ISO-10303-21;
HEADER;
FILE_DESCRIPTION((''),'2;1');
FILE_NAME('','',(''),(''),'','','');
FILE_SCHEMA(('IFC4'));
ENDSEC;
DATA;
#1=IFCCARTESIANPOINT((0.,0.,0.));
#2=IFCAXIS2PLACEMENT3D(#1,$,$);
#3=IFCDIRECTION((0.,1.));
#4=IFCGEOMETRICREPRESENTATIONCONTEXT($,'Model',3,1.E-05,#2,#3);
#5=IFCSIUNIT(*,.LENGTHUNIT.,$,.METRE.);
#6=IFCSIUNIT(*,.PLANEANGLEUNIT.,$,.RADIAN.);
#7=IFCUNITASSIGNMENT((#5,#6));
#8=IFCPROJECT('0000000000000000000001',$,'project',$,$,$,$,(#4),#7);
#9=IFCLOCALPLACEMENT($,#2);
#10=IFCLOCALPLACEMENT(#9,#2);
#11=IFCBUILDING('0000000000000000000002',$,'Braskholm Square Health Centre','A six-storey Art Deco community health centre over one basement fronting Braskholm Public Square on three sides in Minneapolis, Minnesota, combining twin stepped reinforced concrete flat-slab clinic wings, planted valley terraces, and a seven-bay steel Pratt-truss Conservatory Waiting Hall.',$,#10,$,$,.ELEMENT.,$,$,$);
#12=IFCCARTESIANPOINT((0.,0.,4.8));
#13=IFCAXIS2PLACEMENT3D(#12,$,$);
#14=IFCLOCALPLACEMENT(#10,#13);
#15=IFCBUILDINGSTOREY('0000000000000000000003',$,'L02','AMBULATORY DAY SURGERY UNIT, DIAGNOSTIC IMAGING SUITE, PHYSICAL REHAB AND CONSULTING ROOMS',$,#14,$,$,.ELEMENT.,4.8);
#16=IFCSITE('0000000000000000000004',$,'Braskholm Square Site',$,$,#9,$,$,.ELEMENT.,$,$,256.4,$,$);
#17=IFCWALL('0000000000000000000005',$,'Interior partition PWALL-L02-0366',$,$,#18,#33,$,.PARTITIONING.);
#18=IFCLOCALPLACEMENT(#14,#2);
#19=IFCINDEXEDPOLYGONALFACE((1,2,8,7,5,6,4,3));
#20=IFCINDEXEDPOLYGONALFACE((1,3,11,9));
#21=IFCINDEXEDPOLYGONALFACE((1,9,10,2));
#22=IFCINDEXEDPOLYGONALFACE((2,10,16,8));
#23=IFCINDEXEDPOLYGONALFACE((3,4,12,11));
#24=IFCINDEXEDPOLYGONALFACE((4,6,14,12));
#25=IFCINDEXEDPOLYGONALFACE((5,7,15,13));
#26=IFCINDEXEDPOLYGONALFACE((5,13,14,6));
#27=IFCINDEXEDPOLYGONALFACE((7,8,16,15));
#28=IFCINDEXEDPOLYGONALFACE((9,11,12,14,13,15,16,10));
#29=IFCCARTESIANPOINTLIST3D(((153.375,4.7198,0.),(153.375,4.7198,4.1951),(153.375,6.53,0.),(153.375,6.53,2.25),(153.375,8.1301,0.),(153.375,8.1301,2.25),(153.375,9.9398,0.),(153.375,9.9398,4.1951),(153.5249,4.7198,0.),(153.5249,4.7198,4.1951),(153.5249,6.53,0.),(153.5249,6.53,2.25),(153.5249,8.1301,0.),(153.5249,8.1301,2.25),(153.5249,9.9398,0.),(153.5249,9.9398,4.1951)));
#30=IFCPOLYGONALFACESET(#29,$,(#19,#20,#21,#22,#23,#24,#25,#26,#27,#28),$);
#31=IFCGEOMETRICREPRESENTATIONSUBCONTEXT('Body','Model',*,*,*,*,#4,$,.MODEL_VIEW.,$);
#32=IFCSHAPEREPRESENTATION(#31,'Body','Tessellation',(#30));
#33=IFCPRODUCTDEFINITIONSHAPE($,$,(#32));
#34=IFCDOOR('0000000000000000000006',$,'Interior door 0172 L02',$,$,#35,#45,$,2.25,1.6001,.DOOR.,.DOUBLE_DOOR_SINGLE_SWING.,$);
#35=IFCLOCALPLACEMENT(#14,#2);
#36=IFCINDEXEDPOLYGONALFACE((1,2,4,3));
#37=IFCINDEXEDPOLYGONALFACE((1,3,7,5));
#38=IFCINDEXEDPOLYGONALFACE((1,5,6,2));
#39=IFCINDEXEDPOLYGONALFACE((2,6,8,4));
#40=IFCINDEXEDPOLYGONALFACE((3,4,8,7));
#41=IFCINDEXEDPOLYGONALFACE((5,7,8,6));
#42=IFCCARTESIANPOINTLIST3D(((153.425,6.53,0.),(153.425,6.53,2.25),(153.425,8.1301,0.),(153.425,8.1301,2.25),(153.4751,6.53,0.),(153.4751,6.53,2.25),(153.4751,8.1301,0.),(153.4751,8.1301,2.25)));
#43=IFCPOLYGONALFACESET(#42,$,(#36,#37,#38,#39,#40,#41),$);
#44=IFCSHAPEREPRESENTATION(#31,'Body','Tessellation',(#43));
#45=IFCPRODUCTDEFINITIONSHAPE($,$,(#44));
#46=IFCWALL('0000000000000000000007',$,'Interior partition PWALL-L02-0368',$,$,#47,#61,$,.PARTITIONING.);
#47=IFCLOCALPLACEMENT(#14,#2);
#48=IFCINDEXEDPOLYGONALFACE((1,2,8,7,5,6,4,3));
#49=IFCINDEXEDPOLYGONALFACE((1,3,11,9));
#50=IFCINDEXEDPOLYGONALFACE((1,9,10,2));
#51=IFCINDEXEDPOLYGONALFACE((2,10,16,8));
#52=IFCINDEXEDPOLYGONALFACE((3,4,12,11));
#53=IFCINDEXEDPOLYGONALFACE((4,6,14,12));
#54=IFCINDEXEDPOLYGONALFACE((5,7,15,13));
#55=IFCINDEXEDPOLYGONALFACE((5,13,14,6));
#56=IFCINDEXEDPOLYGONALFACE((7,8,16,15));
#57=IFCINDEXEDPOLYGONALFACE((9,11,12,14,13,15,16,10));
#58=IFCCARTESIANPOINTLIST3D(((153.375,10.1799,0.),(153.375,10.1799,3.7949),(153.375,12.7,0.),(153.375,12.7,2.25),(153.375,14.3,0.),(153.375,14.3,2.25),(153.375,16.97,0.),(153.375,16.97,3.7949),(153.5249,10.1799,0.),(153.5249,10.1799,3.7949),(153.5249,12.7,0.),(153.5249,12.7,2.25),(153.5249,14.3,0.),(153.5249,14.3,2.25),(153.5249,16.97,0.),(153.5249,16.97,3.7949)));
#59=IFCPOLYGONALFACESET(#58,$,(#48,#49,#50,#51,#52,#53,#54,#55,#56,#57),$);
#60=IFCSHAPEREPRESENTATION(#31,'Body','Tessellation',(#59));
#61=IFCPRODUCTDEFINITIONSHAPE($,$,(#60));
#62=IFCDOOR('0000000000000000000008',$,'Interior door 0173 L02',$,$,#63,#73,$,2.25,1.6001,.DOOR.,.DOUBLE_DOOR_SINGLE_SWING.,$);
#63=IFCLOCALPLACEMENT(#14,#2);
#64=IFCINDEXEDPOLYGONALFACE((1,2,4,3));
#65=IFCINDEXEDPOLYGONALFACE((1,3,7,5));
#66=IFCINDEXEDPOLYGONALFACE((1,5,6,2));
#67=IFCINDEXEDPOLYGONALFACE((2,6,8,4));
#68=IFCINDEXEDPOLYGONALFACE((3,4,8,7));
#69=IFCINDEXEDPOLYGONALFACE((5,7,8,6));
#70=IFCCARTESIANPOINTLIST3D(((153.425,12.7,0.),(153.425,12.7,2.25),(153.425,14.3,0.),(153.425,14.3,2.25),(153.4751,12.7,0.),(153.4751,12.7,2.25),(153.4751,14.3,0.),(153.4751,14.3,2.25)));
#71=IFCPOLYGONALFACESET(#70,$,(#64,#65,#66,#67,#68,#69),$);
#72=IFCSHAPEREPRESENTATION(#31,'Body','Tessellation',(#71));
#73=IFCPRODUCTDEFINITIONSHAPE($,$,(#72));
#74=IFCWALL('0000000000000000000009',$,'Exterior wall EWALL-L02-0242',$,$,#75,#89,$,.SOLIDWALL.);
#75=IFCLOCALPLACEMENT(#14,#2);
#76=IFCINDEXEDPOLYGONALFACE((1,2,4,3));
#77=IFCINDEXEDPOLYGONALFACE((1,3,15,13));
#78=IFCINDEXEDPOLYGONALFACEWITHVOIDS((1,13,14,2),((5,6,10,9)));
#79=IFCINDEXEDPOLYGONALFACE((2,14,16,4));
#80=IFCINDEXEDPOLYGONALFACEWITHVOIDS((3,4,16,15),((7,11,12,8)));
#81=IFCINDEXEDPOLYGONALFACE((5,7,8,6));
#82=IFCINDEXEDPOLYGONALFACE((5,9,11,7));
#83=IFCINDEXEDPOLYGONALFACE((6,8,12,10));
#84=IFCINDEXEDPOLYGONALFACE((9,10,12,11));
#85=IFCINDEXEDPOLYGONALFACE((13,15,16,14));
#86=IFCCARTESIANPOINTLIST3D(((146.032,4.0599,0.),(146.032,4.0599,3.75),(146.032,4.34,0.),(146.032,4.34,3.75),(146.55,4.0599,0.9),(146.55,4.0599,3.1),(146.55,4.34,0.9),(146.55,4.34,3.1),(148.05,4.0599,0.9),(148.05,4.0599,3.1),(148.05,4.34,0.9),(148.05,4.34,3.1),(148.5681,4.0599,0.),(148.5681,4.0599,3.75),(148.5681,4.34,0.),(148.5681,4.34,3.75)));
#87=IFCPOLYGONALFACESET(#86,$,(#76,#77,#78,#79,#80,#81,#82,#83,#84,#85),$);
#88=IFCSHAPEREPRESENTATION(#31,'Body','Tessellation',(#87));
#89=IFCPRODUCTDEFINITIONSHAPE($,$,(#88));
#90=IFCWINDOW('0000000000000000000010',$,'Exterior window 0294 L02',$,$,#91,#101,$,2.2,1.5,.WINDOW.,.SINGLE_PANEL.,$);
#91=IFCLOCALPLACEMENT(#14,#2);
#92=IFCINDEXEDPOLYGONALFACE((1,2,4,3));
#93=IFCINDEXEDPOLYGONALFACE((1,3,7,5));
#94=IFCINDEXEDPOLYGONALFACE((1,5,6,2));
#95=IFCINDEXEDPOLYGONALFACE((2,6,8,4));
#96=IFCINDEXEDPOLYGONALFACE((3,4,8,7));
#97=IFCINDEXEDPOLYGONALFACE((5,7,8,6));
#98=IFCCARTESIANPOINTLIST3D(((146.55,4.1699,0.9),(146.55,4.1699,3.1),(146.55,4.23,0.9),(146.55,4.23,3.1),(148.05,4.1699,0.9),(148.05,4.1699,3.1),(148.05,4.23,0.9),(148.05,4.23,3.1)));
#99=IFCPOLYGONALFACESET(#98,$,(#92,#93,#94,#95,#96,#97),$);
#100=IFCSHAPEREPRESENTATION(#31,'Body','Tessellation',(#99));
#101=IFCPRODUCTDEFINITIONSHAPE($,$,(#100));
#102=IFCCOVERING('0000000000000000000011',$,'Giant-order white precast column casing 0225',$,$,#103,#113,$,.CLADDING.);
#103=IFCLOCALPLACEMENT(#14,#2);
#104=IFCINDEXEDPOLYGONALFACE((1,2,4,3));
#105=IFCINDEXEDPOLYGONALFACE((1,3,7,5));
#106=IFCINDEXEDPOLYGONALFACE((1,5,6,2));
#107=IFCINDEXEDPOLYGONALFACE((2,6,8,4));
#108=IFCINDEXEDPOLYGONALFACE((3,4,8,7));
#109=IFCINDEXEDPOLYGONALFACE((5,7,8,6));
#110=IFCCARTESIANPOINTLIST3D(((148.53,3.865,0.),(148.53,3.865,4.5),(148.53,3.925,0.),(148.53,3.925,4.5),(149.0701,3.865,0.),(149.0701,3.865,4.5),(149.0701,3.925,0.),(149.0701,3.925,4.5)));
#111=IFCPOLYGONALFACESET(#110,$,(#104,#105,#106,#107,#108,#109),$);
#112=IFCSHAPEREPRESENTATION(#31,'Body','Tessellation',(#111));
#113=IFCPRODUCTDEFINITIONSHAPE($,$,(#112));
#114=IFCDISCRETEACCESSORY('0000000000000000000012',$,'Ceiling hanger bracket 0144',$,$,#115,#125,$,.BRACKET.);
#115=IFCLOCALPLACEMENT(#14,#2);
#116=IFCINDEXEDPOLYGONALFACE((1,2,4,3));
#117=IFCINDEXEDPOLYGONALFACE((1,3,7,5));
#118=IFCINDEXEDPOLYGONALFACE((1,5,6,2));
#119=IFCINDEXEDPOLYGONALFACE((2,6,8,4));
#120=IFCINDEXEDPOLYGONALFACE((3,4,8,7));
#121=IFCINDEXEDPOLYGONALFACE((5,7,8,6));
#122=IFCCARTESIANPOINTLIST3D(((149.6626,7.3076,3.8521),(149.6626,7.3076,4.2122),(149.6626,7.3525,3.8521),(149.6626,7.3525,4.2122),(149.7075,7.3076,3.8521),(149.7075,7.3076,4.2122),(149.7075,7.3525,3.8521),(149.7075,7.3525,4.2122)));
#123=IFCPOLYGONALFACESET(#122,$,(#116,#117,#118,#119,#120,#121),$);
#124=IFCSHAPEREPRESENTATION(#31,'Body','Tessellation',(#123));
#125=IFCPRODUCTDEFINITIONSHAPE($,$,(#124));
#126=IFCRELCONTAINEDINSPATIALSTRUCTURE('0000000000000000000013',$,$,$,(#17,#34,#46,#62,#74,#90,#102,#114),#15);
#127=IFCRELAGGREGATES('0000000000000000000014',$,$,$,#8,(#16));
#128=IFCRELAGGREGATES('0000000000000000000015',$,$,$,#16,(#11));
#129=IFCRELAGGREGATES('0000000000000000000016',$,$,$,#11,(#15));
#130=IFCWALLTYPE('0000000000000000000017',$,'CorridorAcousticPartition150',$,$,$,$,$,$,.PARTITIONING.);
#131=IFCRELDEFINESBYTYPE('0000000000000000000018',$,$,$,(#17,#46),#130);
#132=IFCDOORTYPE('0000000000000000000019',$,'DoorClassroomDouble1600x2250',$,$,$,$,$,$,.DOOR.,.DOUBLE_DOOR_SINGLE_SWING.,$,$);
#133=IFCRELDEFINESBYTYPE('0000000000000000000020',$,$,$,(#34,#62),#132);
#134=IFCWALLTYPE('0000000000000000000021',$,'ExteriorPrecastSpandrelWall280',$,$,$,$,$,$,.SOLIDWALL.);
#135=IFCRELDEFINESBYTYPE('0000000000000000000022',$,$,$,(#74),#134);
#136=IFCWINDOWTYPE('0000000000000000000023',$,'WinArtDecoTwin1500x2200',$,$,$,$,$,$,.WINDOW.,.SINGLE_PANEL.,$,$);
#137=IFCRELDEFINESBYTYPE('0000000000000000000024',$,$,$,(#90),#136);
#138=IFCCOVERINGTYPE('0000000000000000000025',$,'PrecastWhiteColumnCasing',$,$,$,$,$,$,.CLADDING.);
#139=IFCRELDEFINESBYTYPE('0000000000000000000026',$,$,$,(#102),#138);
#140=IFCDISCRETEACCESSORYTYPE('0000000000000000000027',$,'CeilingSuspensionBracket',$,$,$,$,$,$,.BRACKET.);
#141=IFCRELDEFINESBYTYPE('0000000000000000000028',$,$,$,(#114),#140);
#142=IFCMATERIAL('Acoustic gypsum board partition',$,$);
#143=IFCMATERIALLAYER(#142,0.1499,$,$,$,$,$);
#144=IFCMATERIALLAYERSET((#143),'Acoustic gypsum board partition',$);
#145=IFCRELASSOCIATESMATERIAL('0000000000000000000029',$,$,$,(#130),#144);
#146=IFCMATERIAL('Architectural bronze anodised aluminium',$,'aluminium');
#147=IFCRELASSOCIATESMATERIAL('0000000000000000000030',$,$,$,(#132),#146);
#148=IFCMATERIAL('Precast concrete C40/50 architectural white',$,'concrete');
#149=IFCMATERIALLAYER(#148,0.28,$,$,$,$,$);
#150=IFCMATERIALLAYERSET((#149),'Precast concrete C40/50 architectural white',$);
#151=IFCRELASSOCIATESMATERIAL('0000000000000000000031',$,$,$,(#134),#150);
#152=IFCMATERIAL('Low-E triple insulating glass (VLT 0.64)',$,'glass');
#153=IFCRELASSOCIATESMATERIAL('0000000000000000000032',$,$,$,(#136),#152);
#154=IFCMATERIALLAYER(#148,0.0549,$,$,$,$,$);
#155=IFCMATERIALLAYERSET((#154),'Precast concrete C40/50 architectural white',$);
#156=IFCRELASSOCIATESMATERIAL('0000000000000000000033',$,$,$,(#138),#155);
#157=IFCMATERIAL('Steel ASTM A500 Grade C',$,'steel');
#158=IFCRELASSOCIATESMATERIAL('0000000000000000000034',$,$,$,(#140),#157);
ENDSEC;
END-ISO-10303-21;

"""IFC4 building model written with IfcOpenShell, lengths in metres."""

from ifc_helpers import new_model, si_unit, direction, frame, frame_2d, origin, origin_with_axes, origin_2d, place, context, subcontext, project, spatial, rectangle, extrude, material, layer, layer_set, type_object, element, fill, save


model = new_model("IFC4")

# Units and contexts
model_context = context("Model", 3, precision=1e-05, world=origin(), true_north=direction((0.0, 1.0)))
body_context = subcontext(model_context, "Body", "Model", "MODEL_VIEW")
ifc_project = project(units=[si_unit("LENGTHUNIT", "METRE"), si_unit("PLANEANGLEUNIT", "RADIAN")], contexts=[model_context])

# Site, building, storey
site_placement = place(None, origin())
site = spatial("IfcSite", under=ifc_project, at=site_placement, Name="Braskholm Square Site", CompositionType="ELEMENT", RefElevation=256.4)
building_placement = place(site_placement, origin())
building = spatial("IfcBuilding", under=site, at=building_placement, Name="Braskholm Square Health Centre", Description="A six-storey Art Deco community health centre over one basement fronting Braskholm Public Square on three sides in Minneapolis, Minnesota, combining twin stepped reinforced concrete flat-slab clinic wings, planted valley terraces, and a seven-bay steel Pratt-truss Conservatory Waiting Hall.", CompositionType="ELEMENT")
storey_placement = place(building_placement, frame((0.0, 0.0, 4.8)))
storey = spatial("IfcBuildingStorey", under=building, at=storey_placement, Name="L02", Description="AMBULATORY DAY SURGERY UNIT, DIAGNOSTIC IMAGING SUITE, PHYSICAL REHAB AND CONSULTING ROOMS", CompositionType="ELEMENT", Elevation=4.8)

# Shared definitions
ifc_material_1 = material(Name="Precast concrete C40/50 architectural white", Category="concrete")

# Shared definitions
ifc_material_2 = material(Name="Low-E triple insulating glass (VLT 0.64)", Category="glass")
ifc_material_3 = material(Name="Architectural bronze anodised aluminium", Category="aluminium")

# Walls, openings, doors
ifc_material_4 = material(Name="Acoustic gypsum board partition")
ifc_layer_1 = layer(ifc_material_4, 0.1499)
ifc_layer_set_1 = layer_set([ifc_layer_1], Name="Acoustic gypsum board partition")
wall_type_1 = type_object("IfcWallType", Name="CorridorAcousticPartition150", PredefinedType="PARTITIONING", material=ifc_layer_set_1)
wall_1_placement = place(storey_placement, frame((153.45, 4.72, 0.0), z_axis=(0.0, 0.0, 1.0), x_axis=(0.0, 1.0, 0.0)))
wall_1 = element("IfcWall", 1, at=wall_1_placement, inside=storey, type_object=wall_type_1, Name="Interior partition PWALL-L02-0366", PredefinedType="PARTITIONING", context=body_context, shape_type="SweptSolid", body=[
    extrude(rectangle(XDim=5.22, YDim=0.1499, at=frame_2d((2.6099, 0.0))), origin(), (0.0, 0.0, 1.0), 4.1951),
])
opening_1_placement = place(wall_1_placement, frame((1.8101, 0.0, 0.0)))
opening_1 = element("IfcOpeningElement", 2, at=opening_1_placement, cuts=wall_1, PredefinedType="OPENING", context=body_context, shape_type="SweptSolid", body=[
    extrude(rectangle(XDim=1.6001, YDim=2.25, at=frame_2d((0.8, 1.125))), frame((0.0, 0.085, 0.0), z_axis=(0.0, -1.0, 0.0), x_axis=(1.0, 0.0, 0.0)), (0.0, 0.0, 1.0), 0.1699),
])
door_type = type_object("IfcDoorType", Name="DoorClassroomDouble1600x2250", OperationType="DOUBLE_DOOR_SINGLE_SWING", PredefinedType="DOOR", material=ifc_material_3)
door_1_placement = place(opening_1_placement, origin_with_axes())
door_1 = element("IfcDoor", 3, at=door_1_placement, inside=storey, type_object=door_type, Name="Interior door 0172 L02", OperationType="DOUBLE_DOOR_SINGLE_SWING", OverallHeight=2.25, OverallWidth=1.6001, PredefinedType="DOOR", context=body_context, shape_type="SweptSolid", body=[
    extrude(rectangle(XDim=1.6001, YDim=2.25, at=frame_2d((0.8, 1.125))), frame((0.0, 0.0249, 0.0), z_axis=(0.0, -1.0, 0.0), x_axis=(1.0, 0.0, 0.0)), (0.0, 0.0, 1.0), 0.05),
])
fill(opening_1, door_1)
wall_2_placement = place(storey_placement, frame((153.45, 10.1799, 0.0), z_axis=(0.0, 0.0, 1.0), x_axis=(0.0, 1.0, 0.0)))
wall_2 = element("IfcWall", 4, at=wall_2_placement, inside=storey, type_object=wall_type_1, Name="Interior partition PWALL-L02-0368", PredefinedType="PARTITIONING", context=body_context, shape_type="SweptSolid", body=[
    extrude(rectangle(XDim=6.79, YDim=0.1499, at=frame_2d((3.395, 0.0))), origin(), (0.0, 0.0, 1.0), 3.7949),
])
opening_2_placement = place(wall_2_placement, frame((2.52, 0.0, 0.0)))
opening_2 = element("IfcOpeningElement", 5, at=opening_2_placement, cuts=wall_2, PredefinedType="OPENING", context=body_context, shape_type="SweptSolid", body=[
    extrude(rectangle(XDim=1.6001, YDim=2.25, at=frame_2d((0.8, 1.125))), frame((0.0, 0.085, 0.0), z_axis=(0.0, -1.0, 0.0), x_axis=(1.0, 0.0, 0.0)), (0.0, 0.0, 1.0), 0.1699),
])
door_2_placement = place(opening_2_placement, origin_with_axes())
door_2 = element("IfcDoor", 6, at=door_2_placement, inside=storey, type_object=door_type, Name="Interior door 0173 L02", OperationType="DOUBLE_DOOR_SINGLE_SWING", OverallHeight=2.25, OverallWidth=1.6001, PredefinedType="DOOR", context=body_context, shape_type="SweptSolid", body=[
    extrude(rectangle(XDim=1.6001, YDim=2.25, at=frame_2d((0.8, 1.125))), frame((0.0, 0.0249, 0.0), z_axis=(0.0, -1.0, 0.0), x_axis=(1.0, 0.0, 0.0)), (0.0, 0.0, 1.0), 0.05),
])
fill(opening_2, door_2)

# Wall, opening, window
ifc_layer_2 = layer(ifc_material_1, 0.28)
ifc_layer_set_2 = layer_set([ifc_layer_2], Name="Precast concrete C40/50 architectural white")
wall_type_2 = type_object("IfcWallType", Name="ExteriorPrecastSpandrelWall280", PredefinedType="SOLIDWALL", material=ifc_layer_set_2)
wall_3_placement = place(storey_placement, frame((146.032, 4.2, 0.0), z_axis=(0.0, 0.0, 1.0), x_axis=(1.0, 0.0, 0.0)))
wall_3 = element("IfcWall", 7, at=wall_3_placement, inside=storey, type_object=wall_type_2, Name="Exterior wall EWALL-L02-0242", PredefinedType="SOLIDWALL", context=body_context, shape_type="SweptSolid", body=[
    extrude(rectangle(XDim=2.5361, YDim=0.28, at=frame_2d((1.2681, 0.0))), origin(), (0.0, 0.0, 1.0), 3.75),
])
opening_3_placement = place(wall_3_placement, frame((0.5181, 0.0, 0.8999)))
opening_3 = element("IfcOpeningElement", 8, at=opening_3_placement, cuts=wall_3, PredefinedType="OPENING", context=body_context, shape_type="SweptSolid", body=[
    extrude(rectangle(XDim=1.5, YDim=2.2, at=frame_2d((0.75, 1.1001))), frame((0.0, 0.1499, 0.0), z_axis=(0.0, -1.0, 0.0), x_axis=(1.0, 0.0, 0.0)), (0.0, 0.0, 1.0), 0.3),
])
window_type = type_object("IfcWindowType", Name="WinArtDecoTwin1500x2200", PartitioningType="SINGLE_PANEL", PredefinedType="WINDOW", material=ifc_material_2)
window_placement = place(opening_3_placement, origin_with_axes())
window = element("IfcWindow", 9, at=window_placement, inside=storey, type_object=window_type, Name="Exterior window 0294 L02", OverallHeight=2.2, OverallWidth=1.5, PartitioningType="SINGLE_PANEL", PredefinedType="WINDOW", context=body_context, shape_type="SweptSolid", body=[
    extrude(rectangle(XDim=1.5, YDim=2.2, at=frame_2d((0.75, 1.1001))), frame((0.0, 0.03, 0.0), z_axis=(0.0, -1.0, 0.0), x_axis=(1.0, 0.0, 0.0)), (0.0, 0.0, 1.0), 0.0601),
])
fill(opening_3, window)

# Covering
ifc_layer_3 = layer(ifc_material_1, 0.0549)
ifc_layer_set_3 = layer_set([ifc_layer_3], Name="Precast concrete C40/50 architectural white")
covering_type = type_object("IfcCoveringType", Name="PrecastWhiteColumnCasing", PredefinedType="CLADDING", material=ifc_layer_set_3)
covering_placement = place(storey_placement, frame((148.8, 3.895, 0.0), z_axis=(0.0, 0.0, 1.0), x_axis=(1.0, 0.0, 0.0)))
element("IfcCovering", 10, at=covering_placement, inside=storey, type_object=covering_type, Name="Giant-order white precast column casing 0225", PredefinedType="CLADDING", context=body_context, shape_type="SweptSolid", body=[
    extrude(rectangle(XDim=0.54, YDim=0.0601, at=origin_2d()), origin(), (0.0, 0.0, 1.0), 4.5),
])

# Discrete accessory
ifc_material_5 = material(Name="Steel ASTM A500 Grade C", Category="steel")
discrete_accessory_type = type_object("IfcDiscreteAccessoryType", Name="CeilingSuspensionBracket", PredefinedType="BRACKET", material=ifc_material_5)
discrete_accessory_placement = place(storey_placement, frame((149.6851, 7.3301, 3.8521), z_axis=(0.0, 0.0, 1.0), x_axis=(1.0, 0.0, 0.0)))
element("IfcDiscreteAccessory", 11, at=discrete_accessory_placement, inside=storey, type_object=discrete_accessory_type, Name="Ceiling hanger bracket 0144", PredefinedType="BRACKET", context=body_context, shape_type="SweptSolid", body=[
    extrude(rectangle(XDim=0.0449, YDim=0.0449, at=origin_2d()), origin(), (0.0, 0.0, 1.0), 0.3601),
])

save(model, "model.ifc")
